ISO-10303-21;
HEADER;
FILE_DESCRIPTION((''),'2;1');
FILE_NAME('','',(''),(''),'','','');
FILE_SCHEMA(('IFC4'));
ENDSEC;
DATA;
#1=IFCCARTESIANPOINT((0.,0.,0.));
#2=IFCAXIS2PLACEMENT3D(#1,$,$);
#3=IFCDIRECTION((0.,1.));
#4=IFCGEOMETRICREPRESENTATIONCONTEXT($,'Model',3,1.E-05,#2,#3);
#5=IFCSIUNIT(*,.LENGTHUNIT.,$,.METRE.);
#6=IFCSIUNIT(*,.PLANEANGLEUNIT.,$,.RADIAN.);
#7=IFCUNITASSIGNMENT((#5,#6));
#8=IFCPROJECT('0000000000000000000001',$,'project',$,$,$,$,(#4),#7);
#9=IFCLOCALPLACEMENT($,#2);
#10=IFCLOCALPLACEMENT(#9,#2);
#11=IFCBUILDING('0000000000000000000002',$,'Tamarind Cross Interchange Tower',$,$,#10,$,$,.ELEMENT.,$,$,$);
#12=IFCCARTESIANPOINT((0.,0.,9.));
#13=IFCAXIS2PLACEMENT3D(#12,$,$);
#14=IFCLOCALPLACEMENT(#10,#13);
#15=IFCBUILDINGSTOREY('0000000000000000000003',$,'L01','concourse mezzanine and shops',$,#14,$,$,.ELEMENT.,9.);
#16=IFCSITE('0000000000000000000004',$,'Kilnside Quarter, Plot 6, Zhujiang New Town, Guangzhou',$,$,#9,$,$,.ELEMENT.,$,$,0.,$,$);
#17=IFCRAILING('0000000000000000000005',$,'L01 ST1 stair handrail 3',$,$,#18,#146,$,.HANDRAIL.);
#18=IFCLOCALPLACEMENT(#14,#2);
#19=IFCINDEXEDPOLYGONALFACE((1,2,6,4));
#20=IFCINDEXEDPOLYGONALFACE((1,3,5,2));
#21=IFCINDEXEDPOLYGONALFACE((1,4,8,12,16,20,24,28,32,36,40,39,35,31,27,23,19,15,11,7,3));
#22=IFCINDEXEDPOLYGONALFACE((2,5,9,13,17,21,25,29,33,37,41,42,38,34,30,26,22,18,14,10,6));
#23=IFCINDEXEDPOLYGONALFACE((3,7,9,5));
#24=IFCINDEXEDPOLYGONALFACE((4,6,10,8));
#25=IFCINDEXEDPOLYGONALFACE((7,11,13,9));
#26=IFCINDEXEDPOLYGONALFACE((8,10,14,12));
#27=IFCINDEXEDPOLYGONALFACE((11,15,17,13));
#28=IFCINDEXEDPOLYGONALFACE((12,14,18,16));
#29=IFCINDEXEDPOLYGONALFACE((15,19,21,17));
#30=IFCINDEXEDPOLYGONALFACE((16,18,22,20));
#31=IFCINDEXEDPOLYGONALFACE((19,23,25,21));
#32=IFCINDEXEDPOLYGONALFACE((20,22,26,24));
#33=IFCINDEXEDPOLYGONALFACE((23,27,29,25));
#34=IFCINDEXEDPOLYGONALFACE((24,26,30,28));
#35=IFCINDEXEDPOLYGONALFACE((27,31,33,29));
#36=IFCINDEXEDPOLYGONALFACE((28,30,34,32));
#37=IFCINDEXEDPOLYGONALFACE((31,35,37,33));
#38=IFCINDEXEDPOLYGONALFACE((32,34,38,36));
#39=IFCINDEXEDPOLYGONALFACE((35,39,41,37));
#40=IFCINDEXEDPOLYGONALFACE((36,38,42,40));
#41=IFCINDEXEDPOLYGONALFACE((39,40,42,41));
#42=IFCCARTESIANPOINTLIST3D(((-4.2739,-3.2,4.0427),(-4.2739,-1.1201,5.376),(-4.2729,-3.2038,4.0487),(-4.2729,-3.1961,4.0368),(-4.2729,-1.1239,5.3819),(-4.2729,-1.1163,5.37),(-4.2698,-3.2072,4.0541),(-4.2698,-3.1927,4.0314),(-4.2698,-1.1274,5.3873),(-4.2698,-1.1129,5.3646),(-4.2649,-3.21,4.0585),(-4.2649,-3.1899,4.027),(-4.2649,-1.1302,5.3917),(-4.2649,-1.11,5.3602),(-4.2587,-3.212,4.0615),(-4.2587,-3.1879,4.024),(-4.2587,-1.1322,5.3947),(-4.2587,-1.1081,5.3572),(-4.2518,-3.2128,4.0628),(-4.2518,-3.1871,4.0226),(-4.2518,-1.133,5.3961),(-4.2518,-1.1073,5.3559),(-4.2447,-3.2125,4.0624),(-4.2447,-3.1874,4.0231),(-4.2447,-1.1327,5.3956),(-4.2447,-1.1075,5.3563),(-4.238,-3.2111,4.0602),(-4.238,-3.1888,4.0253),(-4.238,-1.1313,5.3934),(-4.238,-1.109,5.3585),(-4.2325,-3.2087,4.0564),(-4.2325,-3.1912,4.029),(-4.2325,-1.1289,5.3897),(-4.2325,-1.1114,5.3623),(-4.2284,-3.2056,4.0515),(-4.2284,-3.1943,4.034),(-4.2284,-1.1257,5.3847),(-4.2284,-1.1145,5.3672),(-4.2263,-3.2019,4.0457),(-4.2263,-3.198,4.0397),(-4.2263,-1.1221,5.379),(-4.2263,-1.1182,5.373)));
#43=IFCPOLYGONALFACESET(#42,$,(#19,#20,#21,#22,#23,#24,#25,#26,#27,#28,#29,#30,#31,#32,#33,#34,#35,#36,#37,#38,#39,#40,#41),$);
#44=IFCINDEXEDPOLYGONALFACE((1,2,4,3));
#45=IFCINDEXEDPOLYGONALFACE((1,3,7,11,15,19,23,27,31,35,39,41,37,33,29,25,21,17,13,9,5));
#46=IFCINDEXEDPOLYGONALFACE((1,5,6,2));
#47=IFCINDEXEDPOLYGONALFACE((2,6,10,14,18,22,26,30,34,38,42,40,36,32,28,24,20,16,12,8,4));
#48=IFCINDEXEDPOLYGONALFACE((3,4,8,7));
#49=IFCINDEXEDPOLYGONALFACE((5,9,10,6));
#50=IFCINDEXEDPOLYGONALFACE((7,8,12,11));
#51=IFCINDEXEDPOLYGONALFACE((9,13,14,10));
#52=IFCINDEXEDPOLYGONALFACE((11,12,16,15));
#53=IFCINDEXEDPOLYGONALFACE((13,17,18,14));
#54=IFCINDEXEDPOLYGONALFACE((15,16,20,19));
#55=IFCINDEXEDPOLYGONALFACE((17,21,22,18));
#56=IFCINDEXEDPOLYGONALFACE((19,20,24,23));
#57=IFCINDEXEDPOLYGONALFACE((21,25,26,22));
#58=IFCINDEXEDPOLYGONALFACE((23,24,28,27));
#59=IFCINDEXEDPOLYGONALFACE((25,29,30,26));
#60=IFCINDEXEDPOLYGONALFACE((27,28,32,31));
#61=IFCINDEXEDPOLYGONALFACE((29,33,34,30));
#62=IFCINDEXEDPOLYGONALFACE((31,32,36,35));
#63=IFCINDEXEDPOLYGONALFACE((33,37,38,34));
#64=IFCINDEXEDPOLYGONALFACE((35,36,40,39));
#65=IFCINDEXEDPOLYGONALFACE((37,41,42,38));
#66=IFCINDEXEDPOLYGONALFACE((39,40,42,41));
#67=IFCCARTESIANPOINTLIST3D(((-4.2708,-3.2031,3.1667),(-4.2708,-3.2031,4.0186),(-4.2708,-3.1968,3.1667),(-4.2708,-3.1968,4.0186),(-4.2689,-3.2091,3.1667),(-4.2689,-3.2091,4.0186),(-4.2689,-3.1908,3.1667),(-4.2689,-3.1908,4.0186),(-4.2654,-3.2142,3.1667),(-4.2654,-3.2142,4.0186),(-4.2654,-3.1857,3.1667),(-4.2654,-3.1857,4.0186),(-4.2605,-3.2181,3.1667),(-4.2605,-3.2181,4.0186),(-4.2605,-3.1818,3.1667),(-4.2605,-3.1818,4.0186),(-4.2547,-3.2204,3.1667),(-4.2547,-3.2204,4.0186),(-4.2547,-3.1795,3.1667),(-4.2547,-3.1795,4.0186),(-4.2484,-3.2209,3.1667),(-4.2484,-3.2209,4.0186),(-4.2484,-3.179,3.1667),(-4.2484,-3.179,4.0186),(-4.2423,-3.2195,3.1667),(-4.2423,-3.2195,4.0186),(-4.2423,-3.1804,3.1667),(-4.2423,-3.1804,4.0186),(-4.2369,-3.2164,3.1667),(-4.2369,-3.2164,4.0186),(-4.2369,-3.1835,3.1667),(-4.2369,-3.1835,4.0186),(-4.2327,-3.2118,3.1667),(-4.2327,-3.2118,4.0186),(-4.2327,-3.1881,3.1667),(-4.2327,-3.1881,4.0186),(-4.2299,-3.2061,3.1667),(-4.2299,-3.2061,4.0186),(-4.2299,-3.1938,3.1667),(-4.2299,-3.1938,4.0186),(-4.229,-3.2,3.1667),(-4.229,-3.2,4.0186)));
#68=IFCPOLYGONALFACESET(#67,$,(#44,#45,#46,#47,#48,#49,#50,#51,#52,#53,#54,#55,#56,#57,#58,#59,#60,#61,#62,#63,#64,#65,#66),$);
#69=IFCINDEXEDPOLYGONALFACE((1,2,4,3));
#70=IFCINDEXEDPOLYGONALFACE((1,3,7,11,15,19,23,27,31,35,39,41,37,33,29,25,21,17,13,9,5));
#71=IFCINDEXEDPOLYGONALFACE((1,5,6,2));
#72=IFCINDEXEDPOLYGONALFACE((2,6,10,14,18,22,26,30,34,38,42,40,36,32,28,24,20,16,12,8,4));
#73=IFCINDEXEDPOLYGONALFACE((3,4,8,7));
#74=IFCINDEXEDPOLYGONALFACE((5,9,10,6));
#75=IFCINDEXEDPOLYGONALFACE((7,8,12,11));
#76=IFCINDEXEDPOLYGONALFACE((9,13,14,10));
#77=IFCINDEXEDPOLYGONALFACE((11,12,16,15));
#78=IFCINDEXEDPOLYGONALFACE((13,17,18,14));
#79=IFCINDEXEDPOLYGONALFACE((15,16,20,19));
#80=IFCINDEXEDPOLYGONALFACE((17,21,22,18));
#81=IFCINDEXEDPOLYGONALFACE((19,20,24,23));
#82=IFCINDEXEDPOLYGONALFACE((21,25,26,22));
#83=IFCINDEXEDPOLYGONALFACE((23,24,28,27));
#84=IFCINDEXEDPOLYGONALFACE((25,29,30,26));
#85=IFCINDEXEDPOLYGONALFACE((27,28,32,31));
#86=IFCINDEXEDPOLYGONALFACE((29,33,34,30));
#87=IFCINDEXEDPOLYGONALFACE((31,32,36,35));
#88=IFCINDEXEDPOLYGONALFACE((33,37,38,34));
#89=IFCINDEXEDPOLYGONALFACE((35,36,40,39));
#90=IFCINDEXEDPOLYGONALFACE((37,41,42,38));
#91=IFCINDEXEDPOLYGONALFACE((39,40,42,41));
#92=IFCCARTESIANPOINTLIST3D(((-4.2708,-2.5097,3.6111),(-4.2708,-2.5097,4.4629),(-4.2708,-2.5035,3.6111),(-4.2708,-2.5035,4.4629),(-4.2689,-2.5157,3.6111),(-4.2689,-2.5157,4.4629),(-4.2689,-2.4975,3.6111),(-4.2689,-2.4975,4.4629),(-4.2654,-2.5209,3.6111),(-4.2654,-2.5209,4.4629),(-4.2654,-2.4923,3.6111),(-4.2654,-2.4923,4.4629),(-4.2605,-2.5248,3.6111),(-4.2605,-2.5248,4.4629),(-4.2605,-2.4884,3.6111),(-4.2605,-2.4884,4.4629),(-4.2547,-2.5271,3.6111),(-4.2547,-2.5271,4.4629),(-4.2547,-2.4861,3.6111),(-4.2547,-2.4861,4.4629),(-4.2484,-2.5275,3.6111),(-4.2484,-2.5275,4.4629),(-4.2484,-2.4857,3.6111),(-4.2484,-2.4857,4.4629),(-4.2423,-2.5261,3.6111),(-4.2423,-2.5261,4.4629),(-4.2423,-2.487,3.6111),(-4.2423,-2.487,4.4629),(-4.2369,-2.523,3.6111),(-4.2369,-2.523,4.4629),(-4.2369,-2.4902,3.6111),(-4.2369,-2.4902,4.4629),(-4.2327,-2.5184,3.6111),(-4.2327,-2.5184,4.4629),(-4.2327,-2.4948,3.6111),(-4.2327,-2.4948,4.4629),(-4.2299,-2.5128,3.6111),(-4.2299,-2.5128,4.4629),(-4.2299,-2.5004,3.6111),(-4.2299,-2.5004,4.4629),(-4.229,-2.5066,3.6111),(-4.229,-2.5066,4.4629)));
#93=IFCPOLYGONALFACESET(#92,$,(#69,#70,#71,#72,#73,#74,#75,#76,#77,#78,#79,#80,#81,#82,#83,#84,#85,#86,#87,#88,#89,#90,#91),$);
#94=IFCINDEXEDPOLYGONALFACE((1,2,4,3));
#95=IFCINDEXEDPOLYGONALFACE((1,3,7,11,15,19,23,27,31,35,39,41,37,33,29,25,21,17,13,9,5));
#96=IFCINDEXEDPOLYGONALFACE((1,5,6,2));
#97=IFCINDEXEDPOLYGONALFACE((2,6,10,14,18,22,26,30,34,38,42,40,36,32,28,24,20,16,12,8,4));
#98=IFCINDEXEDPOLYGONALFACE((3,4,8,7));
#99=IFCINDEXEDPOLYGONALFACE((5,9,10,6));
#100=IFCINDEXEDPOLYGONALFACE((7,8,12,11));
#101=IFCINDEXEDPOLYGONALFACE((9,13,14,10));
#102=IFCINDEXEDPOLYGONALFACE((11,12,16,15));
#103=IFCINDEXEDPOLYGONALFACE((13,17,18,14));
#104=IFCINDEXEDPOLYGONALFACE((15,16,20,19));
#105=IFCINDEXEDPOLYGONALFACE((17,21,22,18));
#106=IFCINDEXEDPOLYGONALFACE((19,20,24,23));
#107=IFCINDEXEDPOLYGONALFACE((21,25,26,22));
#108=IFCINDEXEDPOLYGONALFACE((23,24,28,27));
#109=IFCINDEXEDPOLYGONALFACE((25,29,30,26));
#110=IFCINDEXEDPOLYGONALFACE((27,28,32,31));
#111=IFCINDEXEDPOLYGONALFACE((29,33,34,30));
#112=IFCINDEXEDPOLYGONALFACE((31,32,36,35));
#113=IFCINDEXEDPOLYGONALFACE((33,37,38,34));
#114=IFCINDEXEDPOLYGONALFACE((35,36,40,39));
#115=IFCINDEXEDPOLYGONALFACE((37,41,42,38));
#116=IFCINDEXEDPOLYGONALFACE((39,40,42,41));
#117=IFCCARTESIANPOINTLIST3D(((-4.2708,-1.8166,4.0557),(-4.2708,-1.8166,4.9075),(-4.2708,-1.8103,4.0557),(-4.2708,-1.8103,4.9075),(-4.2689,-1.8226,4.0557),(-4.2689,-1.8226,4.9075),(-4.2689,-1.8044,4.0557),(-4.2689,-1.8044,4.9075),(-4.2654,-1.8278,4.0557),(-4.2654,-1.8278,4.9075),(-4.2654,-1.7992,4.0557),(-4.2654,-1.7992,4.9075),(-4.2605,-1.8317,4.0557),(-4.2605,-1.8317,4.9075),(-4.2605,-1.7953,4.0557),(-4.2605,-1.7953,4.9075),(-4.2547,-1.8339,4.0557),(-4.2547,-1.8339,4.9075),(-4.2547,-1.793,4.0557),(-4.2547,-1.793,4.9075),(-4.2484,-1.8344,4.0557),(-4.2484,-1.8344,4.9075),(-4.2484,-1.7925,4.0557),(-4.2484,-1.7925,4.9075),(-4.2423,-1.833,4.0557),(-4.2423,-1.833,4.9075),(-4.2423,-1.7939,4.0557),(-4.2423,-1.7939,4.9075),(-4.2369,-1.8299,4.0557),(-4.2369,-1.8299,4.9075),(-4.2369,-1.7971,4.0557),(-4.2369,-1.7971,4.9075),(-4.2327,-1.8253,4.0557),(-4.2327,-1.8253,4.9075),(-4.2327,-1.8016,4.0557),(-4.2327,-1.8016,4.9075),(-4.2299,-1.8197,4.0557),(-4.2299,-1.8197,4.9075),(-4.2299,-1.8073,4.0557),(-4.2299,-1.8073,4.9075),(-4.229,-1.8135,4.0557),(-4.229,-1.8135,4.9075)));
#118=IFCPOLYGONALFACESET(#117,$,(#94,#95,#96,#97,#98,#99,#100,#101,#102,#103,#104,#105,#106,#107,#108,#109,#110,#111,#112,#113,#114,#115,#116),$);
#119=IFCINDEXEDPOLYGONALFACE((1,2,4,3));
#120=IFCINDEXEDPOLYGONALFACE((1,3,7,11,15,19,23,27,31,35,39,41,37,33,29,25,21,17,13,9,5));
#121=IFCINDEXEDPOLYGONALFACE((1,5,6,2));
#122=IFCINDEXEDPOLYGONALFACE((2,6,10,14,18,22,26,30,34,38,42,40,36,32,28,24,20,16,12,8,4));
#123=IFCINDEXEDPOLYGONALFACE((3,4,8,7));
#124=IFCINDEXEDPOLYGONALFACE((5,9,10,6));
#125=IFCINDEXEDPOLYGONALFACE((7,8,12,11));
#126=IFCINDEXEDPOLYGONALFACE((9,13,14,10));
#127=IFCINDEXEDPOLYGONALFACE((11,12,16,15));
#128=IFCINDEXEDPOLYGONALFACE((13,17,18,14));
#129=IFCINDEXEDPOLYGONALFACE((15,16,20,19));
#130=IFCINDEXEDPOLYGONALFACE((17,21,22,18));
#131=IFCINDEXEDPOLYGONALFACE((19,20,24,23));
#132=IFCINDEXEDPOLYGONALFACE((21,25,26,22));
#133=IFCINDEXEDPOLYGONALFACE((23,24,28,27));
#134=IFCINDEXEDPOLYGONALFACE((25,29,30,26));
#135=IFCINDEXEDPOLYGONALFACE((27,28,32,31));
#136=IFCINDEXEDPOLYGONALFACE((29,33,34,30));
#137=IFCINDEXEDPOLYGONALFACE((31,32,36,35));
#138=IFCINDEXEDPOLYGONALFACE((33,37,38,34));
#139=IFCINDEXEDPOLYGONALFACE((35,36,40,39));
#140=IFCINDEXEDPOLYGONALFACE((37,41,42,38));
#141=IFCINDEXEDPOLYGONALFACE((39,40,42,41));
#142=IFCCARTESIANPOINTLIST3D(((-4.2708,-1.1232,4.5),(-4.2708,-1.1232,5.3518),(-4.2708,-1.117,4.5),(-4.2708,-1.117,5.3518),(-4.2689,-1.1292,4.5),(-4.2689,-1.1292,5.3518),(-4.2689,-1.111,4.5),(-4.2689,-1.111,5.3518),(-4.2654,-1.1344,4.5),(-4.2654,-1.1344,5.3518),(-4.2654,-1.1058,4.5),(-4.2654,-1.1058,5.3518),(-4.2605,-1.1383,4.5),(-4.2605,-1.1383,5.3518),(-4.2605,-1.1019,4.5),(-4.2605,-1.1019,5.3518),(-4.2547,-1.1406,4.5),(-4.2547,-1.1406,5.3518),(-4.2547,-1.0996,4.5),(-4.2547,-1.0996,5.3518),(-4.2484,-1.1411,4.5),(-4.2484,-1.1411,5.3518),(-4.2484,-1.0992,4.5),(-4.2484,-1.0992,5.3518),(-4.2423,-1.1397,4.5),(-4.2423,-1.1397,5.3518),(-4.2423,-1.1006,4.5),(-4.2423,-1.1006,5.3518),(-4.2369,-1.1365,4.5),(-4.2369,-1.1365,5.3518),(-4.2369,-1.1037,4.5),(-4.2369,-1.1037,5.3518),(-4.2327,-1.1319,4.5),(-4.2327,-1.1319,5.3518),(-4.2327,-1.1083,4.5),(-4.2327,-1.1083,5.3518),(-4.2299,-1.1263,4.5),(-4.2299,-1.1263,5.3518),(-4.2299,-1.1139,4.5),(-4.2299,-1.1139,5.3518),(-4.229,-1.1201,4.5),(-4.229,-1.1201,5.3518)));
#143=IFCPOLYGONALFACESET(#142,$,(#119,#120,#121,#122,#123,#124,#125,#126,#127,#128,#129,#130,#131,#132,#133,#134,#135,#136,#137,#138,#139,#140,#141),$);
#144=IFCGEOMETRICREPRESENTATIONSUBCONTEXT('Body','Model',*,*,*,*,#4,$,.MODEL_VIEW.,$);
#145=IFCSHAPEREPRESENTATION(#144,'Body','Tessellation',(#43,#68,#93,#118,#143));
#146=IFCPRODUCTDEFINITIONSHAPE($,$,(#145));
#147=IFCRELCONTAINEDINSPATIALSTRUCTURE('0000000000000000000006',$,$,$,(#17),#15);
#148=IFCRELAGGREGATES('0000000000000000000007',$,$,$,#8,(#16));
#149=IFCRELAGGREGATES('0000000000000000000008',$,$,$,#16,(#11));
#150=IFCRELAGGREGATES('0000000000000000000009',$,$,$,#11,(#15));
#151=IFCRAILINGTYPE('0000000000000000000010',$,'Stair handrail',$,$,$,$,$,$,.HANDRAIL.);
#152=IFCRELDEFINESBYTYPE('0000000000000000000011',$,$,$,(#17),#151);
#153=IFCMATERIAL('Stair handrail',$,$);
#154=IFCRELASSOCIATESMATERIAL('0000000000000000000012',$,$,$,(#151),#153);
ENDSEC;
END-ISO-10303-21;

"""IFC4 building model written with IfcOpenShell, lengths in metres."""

from ifc_helpers import new_model, si_unit, direction, frame, origin, origin_2d, place, context, subcontext, project, spatial, circle, extrude, material, type_object, element, save


model = new_model("IFC4")

# Units and contexts
model_context = context("Model", 3, precision=1e-05, world=origin(), true_north=direction((0.0, 1.0)))
body_context = subcontext(model_context, "Body", "Model", "MODEL_VIEW")
ifc_project = project(units=[si_unit("LENGTHUNIT", "METRE"), si_unit("PLANEANGLEUNIT", "RADIAN")], contexts=[model_context])

# Site, building, storey
site_placement = place(None, origin())
site = spatial("IfcSite", under=ifc_project, at=site_placement, Name="Kilnside Quarter, Plot 6, Zhujiang New Town, Guangzhou", CompositionType="ELEMENT", RefElevation=0.0)
building_placement = place(site_placement, origin())
building = spatial("IfcBuilding", under=site, at=building_placement, Name="Tamarind Cross Interchange Tower", CompositionType="ELEMENT")
storey_placement = place(building_placement, frame((0.0, 0.0, 9.0)))
storey = spatial("IfcBuildingStorey", under=building, at=storey_placement, Name="L01", Description="concourse mezzanine and shops", CompositionType="ELEMENT", Elevation=9.0)

# Railing
ifc_material_1 = material(Name="Stair handrail")
railing_type_1 = type_object("IfcRailingType", Name="Stair handrail", PredefinedType="HANDRAIL", material=ifc_material_1)
for number, where, name in (
    (1, (-4.25, -3.2, 3.1667), "L01 ST1 stair handrail 3"),
):
    element("IfcRailing", number, at=place(storey_placement, frame(where)), inside=storey, type_object=railing_type_1, Name=name, PredefinedType="HANDRAIL", context=body_context, shape_type="SweptSolid", body=[
        extrude(circle(Radius=0.0239, at=origin_2d()), frame((0.0, 0.0, 0.876), z_axis=(0.0, 0.841875, 0.539673), x_axis=(-1.0, 0.0, 0.0)), (0.0, 0.0, 1.0), 2.4705),
        extrude(circle(Radius=0.021, at=origin_2d()), origin(), (0.0, 0.0, 1.0), 0.8518),
        extrude(circle(Radius=0.021, at=origin_2d()), frame((0.0, 0.6934, 0.4443)), (0.0, 0.0, 1.0), 0.8518),
        extrude(circle(Radius=0.021, at=origin_2d()), frame((0.0, 1.3865, 0.8889)), (0.0, 0.0, 1.0), 0.8518),
        extrude(circle(Radius=0.021, at=origin_2d()), frame((0.0, 2.0798, 1.3333)), (0.0, 0.0, 1.0), 0.8518),
    ])

save(model, "model.ifc")
